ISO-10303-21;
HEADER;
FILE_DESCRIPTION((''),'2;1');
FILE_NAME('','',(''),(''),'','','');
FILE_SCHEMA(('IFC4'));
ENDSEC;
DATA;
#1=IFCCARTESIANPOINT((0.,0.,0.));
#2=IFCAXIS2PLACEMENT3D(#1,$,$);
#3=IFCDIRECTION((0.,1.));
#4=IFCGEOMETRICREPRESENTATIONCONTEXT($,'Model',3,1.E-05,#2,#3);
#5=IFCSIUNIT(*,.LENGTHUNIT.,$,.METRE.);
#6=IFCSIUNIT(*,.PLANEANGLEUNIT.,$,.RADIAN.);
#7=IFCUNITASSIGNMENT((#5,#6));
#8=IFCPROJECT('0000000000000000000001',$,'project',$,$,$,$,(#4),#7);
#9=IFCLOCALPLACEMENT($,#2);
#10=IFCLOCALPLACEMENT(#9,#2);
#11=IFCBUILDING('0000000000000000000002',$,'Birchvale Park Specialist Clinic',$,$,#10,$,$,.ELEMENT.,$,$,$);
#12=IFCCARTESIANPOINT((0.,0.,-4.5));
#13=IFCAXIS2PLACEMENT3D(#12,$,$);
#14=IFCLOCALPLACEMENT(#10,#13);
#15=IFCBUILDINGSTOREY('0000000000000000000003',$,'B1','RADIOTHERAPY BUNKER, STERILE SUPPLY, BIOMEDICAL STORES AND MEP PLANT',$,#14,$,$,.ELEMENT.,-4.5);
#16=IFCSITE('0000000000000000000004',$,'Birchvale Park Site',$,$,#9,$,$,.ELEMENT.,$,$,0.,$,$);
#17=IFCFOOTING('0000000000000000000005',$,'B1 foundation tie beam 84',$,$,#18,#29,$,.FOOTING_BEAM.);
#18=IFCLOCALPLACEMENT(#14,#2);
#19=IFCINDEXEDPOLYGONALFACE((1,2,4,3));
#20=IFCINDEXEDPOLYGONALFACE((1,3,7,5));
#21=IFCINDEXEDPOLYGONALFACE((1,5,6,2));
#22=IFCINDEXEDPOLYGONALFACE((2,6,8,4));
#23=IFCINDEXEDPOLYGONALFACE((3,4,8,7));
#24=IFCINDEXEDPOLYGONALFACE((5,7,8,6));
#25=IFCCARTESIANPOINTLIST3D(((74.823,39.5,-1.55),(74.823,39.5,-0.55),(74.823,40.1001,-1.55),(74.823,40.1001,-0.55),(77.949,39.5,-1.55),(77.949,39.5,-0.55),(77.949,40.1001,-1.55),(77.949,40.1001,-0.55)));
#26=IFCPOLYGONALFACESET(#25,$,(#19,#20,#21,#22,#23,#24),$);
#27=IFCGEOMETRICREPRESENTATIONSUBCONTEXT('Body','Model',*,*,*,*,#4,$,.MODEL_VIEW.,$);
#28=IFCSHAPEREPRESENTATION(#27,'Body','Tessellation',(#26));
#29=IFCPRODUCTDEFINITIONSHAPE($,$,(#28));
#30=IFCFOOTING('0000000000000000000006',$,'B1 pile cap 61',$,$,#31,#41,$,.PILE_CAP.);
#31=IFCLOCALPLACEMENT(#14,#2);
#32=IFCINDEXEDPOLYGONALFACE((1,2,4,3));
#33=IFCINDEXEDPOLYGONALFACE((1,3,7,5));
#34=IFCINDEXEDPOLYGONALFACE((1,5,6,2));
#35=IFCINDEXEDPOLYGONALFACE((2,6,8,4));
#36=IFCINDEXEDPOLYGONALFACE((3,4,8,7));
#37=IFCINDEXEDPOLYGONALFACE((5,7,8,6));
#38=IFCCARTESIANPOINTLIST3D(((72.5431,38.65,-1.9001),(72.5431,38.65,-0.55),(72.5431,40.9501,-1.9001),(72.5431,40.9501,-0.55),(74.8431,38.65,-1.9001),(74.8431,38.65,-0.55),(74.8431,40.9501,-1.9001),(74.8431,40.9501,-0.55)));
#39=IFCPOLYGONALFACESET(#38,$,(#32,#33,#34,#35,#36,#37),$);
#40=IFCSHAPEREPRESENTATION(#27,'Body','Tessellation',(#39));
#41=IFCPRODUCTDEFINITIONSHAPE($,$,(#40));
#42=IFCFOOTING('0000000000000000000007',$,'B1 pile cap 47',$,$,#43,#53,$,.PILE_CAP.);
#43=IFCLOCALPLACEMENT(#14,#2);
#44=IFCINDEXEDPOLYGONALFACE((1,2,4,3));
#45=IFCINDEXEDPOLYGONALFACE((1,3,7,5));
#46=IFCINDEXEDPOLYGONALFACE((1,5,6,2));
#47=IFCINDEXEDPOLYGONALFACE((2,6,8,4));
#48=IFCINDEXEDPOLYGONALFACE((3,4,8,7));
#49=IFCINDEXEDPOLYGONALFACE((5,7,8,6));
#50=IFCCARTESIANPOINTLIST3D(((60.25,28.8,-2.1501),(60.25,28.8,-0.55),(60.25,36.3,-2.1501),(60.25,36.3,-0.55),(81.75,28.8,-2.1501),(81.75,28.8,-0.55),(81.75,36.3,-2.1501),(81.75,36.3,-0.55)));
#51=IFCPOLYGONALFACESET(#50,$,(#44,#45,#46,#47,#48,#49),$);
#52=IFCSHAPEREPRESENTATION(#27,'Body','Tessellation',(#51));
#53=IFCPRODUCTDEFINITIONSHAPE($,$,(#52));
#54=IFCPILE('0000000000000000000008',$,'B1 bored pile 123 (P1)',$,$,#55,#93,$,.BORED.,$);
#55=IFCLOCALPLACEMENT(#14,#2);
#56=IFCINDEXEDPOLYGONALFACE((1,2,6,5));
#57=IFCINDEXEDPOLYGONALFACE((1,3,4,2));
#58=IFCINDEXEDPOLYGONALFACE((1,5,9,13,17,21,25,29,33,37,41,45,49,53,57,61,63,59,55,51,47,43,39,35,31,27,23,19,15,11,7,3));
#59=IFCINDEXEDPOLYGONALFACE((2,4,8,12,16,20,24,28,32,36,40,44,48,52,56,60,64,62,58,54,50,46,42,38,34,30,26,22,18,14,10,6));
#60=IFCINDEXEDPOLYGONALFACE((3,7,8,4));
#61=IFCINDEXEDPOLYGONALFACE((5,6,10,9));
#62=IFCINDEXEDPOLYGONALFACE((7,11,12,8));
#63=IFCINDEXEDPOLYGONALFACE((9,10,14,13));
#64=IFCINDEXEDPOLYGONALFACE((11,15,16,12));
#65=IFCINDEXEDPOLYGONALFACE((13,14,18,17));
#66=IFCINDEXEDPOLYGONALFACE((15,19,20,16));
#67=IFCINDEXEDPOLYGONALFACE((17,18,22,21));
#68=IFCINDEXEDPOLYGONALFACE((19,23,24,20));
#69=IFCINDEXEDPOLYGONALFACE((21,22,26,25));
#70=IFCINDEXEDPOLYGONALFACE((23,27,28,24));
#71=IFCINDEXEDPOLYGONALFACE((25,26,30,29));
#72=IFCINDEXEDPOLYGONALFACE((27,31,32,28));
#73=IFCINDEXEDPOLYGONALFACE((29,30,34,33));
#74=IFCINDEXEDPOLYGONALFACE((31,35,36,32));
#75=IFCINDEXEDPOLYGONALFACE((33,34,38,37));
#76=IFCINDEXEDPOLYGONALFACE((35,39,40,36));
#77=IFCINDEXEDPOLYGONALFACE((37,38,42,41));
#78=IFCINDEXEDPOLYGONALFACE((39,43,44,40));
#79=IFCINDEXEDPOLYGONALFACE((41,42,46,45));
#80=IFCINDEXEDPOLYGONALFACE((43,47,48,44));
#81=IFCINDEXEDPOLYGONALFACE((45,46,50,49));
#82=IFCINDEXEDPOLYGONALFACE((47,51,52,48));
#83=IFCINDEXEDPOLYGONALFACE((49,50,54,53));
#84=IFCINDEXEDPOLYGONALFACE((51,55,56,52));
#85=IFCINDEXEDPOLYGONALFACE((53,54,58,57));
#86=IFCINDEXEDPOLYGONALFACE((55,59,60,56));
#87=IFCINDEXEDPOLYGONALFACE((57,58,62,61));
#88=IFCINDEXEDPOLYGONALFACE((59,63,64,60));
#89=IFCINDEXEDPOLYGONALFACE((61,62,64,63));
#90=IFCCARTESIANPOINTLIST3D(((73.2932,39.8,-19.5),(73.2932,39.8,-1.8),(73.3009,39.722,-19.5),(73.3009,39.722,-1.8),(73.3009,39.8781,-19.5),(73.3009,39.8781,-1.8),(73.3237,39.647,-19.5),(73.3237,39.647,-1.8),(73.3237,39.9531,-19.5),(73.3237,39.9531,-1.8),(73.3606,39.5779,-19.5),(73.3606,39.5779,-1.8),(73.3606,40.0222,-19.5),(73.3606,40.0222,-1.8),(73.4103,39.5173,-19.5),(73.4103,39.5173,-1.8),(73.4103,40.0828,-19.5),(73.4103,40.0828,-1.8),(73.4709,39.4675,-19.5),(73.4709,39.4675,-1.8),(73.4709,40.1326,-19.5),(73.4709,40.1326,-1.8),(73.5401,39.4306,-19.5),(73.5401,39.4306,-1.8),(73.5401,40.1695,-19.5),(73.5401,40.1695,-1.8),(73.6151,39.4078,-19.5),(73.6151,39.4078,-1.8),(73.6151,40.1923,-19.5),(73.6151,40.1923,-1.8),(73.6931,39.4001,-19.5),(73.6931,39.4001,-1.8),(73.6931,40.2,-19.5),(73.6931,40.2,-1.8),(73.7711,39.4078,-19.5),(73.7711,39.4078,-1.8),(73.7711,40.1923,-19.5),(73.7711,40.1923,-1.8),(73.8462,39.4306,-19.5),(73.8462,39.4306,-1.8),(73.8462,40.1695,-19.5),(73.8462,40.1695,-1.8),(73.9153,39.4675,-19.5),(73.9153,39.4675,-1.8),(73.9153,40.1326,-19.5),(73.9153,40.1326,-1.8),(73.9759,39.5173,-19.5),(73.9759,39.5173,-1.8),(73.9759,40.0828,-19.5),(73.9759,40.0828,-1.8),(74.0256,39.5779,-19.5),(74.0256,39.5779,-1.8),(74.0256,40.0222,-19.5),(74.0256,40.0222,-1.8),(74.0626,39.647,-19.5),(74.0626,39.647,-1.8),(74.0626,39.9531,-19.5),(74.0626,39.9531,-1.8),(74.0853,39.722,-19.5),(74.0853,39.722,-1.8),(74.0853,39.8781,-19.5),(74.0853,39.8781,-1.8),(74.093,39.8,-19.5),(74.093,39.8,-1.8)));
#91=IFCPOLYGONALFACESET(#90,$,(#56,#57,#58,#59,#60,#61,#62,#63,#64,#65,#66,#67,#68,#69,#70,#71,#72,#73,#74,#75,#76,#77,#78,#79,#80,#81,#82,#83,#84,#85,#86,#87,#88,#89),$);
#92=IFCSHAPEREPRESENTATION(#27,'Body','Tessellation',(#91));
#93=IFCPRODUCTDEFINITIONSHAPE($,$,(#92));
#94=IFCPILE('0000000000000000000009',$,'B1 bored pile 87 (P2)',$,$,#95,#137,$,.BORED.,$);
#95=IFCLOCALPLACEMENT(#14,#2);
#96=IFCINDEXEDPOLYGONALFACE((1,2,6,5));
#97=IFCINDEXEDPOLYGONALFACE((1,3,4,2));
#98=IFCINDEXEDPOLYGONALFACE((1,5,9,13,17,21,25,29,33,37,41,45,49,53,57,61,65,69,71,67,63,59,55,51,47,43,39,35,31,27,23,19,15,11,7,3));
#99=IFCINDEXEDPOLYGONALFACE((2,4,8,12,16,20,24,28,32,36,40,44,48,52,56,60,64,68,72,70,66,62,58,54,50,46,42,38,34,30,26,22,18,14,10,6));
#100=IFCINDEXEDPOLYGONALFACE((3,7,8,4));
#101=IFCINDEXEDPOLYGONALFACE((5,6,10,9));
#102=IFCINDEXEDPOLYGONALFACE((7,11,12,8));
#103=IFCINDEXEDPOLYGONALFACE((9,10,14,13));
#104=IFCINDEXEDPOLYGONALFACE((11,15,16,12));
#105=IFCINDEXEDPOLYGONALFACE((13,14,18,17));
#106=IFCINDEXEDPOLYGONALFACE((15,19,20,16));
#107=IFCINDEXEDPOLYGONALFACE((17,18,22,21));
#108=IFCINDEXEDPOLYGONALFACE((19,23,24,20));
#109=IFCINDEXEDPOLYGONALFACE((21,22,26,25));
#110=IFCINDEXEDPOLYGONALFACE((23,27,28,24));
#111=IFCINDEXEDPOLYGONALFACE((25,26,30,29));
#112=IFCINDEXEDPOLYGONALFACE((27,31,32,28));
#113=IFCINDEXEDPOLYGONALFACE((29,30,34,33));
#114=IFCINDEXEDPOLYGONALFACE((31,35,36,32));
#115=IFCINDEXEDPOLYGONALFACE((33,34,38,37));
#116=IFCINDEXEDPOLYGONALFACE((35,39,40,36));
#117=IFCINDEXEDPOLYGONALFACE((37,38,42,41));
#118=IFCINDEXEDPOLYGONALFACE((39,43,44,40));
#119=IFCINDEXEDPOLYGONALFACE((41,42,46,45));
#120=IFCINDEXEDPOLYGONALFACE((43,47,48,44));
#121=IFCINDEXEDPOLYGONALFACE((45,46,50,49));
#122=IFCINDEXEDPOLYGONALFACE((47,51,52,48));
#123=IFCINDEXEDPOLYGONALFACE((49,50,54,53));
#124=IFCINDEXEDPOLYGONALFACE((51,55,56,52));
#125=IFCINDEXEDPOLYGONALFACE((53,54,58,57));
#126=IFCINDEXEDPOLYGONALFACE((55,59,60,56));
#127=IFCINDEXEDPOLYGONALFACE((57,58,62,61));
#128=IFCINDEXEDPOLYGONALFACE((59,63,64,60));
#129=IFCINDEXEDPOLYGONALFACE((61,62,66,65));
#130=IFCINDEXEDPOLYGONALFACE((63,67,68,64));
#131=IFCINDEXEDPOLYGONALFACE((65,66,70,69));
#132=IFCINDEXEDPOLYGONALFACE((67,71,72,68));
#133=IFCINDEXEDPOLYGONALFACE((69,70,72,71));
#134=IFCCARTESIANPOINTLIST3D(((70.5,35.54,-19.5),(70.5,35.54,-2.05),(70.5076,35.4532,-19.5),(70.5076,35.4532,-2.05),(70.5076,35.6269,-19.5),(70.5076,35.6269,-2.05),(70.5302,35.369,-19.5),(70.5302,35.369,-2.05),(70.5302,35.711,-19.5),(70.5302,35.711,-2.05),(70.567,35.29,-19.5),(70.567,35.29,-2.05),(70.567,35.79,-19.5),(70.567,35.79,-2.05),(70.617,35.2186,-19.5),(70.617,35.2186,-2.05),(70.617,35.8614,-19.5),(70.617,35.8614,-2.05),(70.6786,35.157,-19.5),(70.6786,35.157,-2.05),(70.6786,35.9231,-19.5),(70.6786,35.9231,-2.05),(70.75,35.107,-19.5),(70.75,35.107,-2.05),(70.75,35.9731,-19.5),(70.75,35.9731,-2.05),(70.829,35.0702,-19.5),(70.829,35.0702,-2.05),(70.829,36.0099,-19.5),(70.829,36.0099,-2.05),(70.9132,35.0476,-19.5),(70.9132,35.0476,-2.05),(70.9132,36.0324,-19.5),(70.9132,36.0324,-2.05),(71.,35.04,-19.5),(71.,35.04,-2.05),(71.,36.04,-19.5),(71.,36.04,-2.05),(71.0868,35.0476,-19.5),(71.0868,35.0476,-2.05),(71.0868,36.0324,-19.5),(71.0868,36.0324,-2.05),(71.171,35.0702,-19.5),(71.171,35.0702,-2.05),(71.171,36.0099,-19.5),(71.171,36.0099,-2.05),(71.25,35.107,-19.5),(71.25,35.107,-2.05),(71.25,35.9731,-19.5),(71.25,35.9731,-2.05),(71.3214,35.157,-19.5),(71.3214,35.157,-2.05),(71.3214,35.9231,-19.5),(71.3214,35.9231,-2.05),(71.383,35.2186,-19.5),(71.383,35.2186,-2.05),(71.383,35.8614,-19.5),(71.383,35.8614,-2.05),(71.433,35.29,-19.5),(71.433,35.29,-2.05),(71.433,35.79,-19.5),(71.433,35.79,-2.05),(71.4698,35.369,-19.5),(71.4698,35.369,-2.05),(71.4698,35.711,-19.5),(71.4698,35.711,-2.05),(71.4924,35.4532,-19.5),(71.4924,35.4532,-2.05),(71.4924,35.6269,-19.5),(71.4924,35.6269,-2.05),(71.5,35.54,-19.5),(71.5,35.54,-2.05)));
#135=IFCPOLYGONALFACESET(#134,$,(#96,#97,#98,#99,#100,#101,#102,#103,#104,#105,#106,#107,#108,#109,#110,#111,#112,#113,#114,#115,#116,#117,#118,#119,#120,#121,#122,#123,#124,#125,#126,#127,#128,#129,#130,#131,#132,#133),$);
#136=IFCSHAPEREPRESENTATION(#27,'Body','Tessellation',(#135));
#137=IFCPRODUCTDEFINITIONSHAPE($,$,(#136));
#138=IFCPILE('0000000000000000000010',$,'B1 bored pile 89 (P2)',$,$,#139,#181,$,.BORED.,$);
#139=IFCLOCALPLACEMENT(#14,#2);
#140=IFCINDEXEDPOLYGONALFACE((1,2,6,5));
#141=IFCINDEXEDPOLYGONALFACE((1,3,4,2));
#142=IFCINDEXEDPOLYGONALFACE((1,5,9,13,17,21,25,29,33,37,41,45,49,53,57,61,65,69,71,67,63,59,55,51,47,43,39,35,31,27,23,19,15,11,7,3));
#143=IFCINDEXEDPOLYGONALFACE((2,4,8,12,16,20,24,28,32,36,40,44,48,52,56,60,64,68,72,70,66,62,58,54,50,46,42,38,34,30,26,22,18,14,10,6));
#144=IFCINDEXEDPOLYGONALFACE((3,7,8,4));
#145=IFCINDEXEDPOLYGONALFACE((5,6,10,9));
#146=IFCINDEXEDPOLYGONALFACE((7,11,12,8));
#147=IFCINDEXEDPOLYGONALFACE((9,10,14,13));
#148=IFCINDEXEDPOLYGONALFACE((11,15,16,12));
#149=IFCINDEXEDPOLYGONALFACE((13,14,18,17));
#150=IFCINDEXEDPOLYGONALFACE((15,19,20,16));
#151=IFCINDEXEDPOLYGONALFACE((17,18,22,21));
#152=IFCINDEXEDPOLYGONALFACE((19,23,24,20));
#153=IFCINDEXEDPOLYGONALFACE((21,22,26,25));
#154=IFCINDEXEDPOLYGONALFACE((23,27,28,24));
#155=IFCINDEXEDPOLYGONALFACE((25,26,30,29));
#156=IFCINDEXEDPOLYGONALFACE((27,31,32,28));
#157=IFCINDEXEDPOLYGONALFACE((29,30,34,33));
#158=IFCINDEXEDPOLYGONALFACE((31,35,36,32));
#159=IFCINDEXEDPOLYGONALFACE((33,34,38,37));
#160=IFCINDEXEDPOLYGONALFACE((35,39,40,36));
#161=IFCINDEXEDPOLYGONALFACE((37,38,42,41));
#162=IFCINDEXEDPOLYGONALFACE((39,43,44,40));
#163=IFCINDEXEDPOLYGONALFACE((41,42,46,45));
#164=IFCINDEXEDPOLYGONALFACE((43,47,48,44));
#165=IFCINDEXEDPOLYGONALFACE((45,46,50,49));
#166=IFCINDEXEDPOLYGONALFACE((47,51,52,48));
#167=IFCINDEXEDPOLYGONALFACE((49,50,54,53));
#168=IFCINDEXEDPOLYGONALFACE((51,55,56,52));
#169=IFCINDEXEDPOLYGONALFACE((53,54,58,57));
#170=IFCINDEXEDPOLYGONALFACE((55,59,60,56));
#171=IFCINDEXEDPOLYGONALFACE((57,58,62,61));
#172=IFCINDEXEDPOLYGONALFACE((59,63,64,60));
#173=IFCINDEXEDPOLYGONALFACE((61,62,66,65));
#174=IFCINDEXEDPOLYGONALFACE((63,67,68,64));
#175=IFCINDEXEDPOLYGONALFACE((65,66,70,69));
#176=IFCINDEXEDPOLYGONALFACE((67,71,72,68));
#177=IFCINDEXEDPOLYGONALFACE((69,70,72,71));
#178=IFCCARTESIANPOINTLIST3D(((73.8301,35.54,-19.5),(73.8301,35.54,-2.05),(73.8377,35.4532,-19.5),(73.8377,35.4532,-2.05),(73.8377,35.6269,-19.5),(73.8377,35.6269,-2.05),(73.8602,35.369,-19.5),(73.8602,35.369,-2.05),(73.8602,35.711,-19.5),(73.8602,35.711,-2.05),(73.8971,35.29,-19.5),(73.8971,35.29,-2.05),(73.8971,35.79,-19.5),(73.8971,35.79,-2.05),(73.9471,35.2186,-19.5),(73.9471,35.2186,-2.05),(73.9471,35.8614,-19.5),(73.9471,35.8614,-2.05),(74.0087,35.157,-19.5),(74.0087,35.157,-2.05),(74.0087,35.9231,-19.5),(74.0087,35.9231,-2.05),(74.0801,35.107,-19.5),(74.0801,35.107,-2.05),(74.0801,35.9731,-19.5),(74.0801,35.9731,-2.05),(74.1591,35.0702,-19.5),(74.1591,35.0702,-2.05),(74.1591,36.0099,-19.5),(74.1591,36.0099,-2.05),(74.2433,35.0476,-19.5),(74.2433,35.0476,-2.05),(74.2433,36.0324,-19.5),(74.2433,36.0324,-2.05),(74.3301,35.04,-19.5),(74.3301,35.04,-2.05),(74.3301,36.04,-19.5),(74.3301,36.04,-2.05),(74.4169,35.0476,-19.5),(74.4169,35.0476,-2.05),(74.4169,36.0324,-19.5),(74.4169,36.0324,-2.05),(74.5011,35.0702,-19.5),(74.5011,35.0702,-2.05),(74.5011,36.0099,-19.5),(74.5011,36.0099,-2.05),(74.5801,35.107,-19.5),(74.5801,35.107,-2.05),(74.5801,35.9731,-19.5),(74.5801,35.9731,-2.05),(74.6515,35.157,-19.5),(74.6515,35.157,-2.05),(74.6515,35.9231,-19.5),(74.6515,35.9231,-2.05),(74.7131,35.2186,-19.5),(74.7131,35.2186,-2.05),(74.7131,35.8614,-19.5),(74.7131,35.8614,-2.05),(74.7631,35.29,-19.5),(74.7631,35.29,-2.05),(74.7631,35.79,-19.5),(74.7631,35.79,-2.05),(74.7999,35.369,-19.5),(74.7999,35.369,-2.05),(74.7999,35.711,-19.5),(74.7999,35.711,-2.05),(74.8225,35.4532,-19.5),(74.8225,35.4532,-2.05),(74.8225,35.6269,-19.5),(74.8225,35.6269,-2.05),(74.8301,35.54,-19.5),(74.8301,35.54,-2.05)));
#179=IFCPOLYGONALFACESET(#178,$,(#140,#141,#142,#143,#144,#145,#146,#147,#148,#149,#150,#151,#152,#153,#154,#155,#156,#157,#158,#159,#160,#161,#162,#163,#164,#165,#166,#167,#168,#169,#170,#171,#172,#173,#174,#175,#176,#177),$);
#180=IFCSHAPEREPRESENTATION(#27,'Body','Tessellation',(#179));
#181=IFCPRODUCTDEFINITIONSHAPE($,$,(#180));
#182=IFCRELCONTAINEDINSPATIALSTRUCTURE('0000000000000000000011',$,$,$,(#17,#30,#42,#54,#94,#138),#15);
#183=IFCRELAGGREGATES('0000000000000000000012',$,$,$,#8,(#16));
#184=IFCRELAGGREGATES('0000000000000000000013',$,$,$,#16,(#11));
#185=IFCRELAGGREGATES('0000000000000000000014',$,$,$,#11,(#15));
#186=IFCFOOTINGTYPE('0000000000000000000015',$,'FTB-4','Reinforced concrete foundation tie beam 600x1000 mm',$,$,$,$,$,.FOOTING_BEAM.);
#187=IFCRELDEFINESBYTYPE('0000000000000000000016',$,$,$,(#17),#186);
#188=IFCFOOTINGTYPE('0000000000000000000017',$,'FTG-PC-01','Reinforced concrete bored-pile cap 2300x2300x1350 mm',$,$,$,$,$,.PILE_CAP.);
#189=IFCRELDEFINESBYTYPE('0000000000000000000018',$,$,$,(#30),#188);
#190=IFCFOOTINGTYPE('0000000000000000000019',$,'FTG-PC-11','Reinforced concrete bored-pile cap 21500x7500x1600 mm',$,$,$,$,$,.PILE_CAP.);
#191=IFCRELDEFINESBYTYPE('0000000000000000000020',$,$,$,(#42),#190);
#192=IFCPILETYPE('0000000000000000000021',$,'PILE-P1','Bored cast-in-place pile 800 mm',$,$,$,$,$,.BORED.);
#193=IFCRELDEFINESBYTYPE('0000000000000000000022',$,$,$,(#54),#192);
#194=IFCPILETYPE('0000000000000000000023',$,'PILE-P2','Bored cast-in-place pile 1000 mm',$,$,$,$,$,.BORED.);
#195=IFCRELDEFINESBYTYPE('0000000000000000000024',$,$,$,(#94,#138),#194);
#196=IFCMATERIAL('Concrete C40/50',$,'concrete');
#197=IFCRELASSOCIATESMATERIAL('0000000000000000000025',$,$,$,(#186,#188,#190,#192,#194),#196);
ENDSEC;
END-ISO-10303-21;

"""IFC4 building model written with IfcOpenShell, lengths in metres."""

from ifc_helpers import new_model, si_unit, direction, frame, origin, origin_2d, place, context, subcontext, project, spatial, rectangle, circle, extrude, material, material_profile, profile_set, type_object, element, save


model = new_model("IFC4")

# Units and contexts
model_context = context("Model", 3, precision=1e-05, world=origin(), true_north=direction((0.0, 1.0)))
body_context = subcontext(model_context, "Body", "Model", "MODEL_VIEW")
ifc_project = project(units=[si_unit("LENGTHUNIT", "METRE"), si_unit("PLANEANGLEUNIT", "RADIAN")], contexts=[model_context])

# Site, building, storey
site_placement = place(None, origin())
site = spatial("IfcSite", under=ifc_project, at=site_placement, Name="Birchvale Park Site", CompositionType="ELEMENT", RefElevation=0.0)
building_placement = place(site_placement, origin())
building = spatial("IfcBuilding", under=site, at=building_placement, Name="Birchvale Park Specialist Clinic", CompositionType="ELEMENT")
storey_placement = place(building_placement, frame((0.0, 0.0, -4.5)))
storey = spatial("IfcBuildingStorey", under=building, at=storey_placement, Name="B1", Description="RADIOTHERAPY BUNKER, STERILE SUPPLY, BIOMEDICAL STORES AND MEP PLANT", CompositionType="ELEMENT", Elevation=-4.5)

# Footings
ifc_material_1 = material(Name="Concrete C40/50", Category="concrete")
footing_type_1 = type_object("IfcFootingType", Name="FTB-4", Description="Reinforced concrete foundation tie beam 600x1000 mm", PredefinedType="FOOTING_BEAM", material=ifc_material_1)
footing_1_placement = place(storey_placement, frame((76.386, 39.8, -1.55), z_axis=(0.0, 0.0, 1.0), x_axis=(1.0, 0.0, 0.0)))
element("IfcFooting", 1, at=footing_1_placement, inside=storey, type_object=footing_type_1, Name="B1 foundation tie beam 84", PredefinedType="FOOTING_BEAM", context=body_context, shape_type="SweptSolid", body=[
    extrude(rectangle(XDim=3.126, YDim=0.6001, at=origin_2d()), origin(), (0.0, 0.0, 1.0), 1.0),
])
footing_type_2 = type_object("IfcFootingType", Name="FTG-PC-01", Description="Reinforced concrete bored-pile cap 2300x2300x1350 mm", PredefinedType="PILE_CAP", material=ifc_material_1)
footing_2_placement = place(storey_placement, frame((73.6931, 39.8, -1.9001), z_axis=(0.0, 0.0, 1.0), x_axis=(1.0, 0.0, 0.0)))
element("IfcFooting", 2, at=footing_2_placement, inside=storey, type_object=footing_type_2, Name="B1 pile cap 61", PredefinedType="PILE_CAP", context=body_context, shape_type="SweptSolid", body=[
    extrude(rectangle(XDim=2.3, YDim=2.3, at=origin_2d()), origin(), (0.0, 0.0, 1.0), 1.3501),
])
footing_type_3 = type_object("IfcFootingType", Name="FTG-PC-11", Description="Reinforced concrete bored-pile cap 21500x7500x1600 mm", PredefinedType="PILE_CAP", material=ifc_material_1)
footing_3_placement = place(storey_placement, frame((71.0, 32.55, -2.1501), z_axis=(0.0, 0.0, 1.0), x_axis=(1.0, 0.0, 0.0)))
element("IfcFooting", 3, at=footing_3_placement, inside=storey, type_object=footing_type_3, Name="B1 pile cap 47", PredefinedType="PILE_CAP", context=body_context, shape_type="SweptSolid", body=[
    extrude(rectangle(XDim=21.5, YDim=7.5, at=origin_2d()), origin(), (0.0, 0.0, 1.0), 1.6001),
])

# Piles
ifc_material_profile_1 = material_profile(ifc_material_1, circle(Radius=0.3999, at=origin_2d()), Name="PILE-800")
ifc_profile_set_1 = profile_set([ifc_material_profile_1], Name="Concrete C40/50")
pile_type_1 = type_object("IfcPileType", Name="PILE-P1", Description="Bored cast-in-place pile 800 mm", PredefinedType="BORED", material=ifc_profile_set_1)
pile_placement = place(storey_placement, frame((73.6931, 39.8, -1.8), z_axis=(0.0, 0.0, -1.0), x_axis=(1.0, 0.0, 0.0)))
element("IfcPile", 4, at=pile_placement, inside=storey, type_object=pile_type_1, Name="B1 bored pile 123 (P1)", PredefinedType="BORED", context=body_context, shape_type="SweptSolid", body=[
    extrude(circle(Radius=0.3999, at=origin_2d()), origin(), (0.0, 0.0, 1.0), 17.7),
])
ifc_material_profile_2 = material_profile(ifc_material_1, circle(Radius=0.5, at=origin_2d()), Name="PILE-1000")
ifc_profile_set_2 = profile_set([ifc_material_profile_2], Name="Concrete C40/50")
pile_type_2 = type_object("IfcPileType", Name="PILE-P2", Description="Bored cast-in-place pile 1000 mm", PredefinedType="BORED", material=ifc_profile_set_2)
for number, where, z_axis, x_axis, name in (
    (5, (71.0, 35.54, -2.05), (0.0, 0.0, -1.0), (1.0, 0.0, 0.0), "B1 bored pile 87 (P2)"),
    (6, (74.3301, 35.54, -2.05), (0.0, 0.0, -1.0), (1.0, 0.0, 0.0), "B1 bored pile 89 (P2)"),
):
    element("IfcPile", number, at=place(storey_placement, frame(where, z_axis=z_axis, x_axis=x_axis)), inside=storey, type_object=pile_type_2, Name=name, PredefinedType="BORED", context=body_context, shape_type="SweptSolid", body=[
        extrude(circle(Radius=0.5, at=origin_2d()), origin(), (0.0, 0.0, 1.0), 17.45),
    ])

save(model, "model.ifc")
